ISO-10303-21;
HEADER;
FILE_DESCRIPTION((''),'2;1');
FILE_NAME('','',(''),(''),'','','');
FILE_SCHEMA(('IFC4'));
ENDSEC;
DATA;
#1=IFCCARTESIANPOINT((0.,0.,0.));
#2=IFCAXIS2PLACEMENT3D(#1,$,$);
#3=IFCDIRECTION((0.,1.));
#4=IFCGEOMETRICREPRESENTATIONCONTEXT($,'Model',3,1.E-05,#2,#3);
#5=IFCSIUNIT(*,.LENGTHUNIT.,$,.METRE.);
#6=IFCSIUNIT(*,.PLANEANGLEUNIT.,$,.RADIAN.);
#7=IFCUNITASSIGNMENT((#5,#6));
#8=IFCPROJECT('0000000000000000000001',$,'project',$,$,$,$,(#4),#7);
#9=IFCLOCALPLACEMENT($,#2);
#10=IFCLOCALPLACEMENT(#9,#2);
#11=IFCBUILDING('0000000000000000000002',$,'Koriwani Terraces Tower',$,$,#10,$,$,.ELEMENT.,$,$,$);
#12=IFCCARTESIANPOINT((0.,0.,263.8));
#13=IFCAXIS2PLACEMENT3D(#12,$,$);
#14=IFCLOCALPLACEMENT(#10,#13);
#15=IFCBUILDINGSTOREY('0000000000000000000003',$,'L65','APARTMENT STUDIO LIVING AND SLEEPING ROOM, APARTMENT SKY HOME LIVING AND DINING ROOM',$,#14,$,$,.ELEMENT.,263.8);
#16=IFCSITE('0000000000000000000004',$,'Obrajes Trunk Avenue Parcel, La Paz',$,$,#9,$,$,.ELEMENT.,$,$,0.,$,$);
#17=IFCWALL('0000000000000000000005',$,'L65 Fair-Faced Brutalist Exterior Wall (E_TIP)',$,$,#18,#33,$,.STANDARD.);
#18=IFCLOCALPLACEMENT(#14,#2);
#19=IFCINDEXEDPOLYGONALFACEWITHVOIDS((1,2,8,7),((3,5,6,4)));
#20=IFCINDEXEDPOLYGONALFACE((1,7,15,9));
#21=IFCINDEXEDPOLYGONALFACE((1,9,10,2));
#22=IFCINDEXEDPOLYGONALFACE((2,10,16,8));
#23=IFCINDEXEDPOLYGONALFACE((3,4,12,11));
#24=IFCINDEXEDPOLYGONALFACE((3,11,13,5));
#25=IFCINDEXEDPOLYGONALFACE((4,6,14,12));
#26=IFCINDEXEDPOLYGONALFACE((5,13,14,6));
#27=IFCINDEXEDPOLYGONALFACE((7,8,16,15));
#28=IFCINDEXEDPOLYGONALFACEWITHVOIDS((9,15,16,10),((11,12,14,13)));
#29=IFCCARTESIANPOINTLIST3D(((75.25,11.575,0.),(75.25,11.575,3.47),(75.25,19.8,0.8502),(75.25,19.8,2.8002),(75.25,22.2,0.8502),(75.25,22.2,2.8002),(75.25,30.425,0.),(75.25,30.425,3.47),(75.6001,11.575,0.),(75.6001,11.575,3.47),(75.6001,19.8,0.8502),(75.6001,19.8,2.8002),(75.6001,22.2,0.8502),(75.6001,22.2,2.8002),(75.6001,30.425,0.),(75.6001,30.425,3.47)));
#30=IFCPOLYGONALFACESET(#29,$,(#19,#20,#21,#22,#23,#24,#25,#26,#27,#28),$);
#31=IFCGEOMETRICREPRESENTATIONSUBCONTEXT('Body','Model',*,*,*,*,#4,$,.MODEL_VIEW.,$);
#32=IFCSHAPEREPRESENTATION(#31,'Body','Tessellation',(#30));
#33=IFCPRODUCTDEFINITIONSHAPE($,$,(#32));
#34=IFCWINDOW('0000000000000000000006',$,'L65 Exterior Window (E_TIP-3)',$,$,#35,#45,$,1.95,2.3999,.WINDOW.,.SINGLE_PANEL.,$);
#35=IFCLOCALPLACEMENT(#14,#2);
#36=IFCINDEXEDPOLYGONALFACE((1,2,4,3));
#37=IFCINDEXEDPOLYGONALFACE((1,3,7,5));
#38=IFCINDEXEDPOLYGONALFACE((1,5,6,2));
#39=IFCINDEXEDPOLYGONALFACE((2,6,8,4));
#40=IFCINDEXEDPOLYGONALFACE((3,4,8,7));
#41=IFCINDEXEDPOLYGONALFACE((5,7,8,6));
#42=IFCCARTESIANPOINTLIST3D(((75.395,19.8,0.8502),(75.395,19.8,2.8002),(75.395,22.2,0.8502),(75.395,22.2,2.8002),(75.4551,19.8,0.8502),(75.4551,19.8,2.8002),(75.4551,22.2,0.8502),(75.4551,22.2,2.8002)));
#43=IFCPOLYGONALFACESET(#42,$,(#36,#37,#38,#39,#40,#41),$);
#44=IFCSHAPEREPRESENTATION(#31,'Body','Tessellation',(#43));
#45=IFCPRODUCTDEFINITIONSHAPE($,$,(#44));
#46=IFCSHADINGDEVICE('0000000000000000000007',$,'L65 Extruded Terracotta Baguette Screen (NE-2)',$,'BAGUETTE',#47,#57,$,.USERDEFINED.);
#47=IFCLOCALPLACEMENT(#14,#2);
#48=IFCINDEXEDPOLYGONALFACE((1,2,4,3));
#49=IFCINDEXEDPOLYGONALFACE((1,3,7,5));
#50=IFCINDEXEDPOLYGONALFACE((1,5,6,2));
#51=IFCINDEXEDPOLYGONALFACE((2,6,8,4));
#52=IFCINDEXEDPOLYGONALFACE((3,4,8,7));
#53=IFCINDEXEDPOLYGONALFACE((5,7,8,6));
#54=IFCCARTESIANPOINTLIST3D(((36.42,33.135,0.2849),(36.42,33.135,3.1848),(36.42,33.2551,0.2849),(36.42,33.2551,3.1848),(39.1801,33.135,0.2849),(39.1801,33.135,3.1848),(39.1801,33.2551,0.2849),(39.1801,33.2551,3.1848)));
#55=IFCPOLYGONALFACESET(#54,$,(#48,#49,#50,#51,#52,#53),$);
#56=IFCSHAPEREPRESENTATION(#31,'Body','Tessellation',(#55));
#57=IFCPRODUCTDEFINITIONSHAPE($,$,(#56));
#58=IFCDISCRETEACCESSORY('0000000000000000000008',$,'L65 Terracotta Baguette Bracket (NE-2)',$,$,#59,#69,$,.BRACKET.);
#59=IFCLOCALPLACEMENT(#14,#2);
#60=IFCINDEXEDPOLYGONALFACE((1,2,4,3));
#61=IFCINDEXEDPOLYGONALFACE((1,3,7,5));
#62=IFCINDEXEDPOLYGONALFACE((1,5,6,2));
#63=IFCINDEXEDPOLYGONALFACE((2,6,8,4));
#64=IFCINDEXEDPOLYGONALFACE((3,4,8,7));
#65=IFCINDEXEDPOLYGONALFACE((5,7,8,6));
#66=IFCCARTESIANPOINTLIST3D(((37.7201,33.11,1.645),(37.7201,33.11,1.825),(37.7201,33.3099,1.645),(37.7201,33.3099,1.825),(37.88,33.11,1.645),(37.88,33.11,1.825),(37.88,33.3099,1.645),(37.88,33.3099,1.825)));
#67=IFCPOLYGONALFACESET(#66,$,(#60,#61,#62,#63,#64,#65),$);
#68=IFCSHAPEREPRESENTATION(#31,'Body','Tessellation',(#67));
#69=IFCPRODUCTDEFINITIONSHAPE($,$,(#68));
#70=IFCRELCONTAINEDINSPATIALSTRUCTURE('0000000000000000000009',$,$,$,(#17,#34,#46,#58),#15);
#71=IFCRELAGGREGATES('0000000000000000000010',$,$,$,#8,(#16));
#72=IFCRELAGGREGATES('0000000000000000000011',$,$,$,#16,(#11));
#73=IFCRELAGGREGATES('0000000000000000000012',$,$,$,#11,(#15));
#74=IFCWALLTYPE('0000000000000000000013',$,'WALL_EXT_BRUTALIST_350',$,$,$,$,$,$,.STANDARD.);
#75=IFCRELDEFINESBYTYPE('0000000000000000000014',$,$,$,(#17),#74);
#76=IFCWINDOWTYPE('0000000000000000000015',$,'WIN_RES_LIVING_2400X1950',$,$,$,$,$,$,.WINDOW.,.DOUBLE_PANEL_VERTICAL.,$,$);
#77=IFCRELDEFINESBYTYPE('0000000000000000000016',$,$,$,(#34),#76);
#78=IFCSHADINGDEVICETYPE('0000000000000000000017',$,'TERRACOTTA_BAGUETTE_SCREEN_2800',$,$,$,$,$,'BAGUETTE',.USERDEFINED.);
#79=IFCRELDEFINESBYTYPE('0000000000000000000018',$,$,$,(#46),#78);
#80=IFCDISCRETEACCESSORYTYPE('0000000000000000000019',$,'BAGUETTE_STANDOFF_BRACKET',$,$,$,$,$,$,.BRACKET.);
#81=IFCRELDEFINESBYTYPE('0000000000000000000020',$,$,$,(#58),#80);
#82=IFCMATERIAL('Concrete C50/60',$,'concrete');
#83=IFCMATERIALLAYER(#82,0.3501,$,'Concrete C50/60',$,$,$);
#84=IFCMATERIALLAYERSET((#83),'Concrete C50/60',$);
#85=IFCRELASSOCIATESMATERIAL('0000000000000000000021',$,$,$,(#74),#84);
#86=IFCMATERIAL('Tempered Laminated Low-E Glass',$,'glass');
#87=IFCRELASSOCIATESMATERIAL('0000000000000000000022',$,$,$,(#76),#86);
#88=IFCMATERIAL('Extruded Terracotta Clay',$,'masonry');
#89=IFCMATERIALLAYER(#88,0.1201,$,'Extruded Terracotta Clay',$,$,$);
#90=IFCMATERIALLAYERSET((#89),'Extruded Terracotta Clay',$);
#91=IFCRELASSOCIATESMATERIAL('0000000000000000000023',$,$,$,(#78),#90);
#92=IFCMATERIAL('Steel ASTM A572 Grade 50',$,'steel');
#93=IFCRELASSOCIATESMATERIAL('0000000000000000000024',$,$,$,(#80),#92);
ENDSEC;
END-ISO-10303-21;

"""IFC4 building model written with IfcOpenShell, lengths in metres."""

from ifc_helpers import new_model, si_unit, direction, frame, frame_2d, origin, origin_2d, place, context, subcontext, project, spatial, rectangle, extrude, material, layer, layer_set, type_object, element, fill, save


model = new_model("IFC4")

# Units and contexts
model_context = context("Model", 3, precision=1e-05, world=origin(), true_north=direction((0.0, 1.0)))
body_context = subcontext(model_context, "Body", "Model", "MODEL_VIEW")
ifc_project = project(units=[si_unit("LENGTHUNIT", "METRE"), si_unit("PLANEANGLEUNIT", "RADIAN")], contexts=[model_context])

# Site, building, storey
site_placement = place(None, origin())
site = spatial("IfcSite", under=ifc_project, at=site_placement, Name="Obrajes Trunk Avenue Parcel, La Paz", CompositionType="ELEMENT", RefElevation=0.0)
building_placement = place(site_placement, origin())
building = spatial("IfcBuilding", under=site, at=building_placement, Name="Koriwani Terraces Tower", CompositionType="ELEMENT")
storey_placement = place(building_placement, frame((0.0, 0.0, 263.8)))
storey = spatial("IfcBuildingStorey", under=building, at=storey_placement, Name="L65", Description="APARTMENT STUDIO LIVING AND SLEEPING ROOM, APARTMENT SKY HOME LIVING AND DINING ROOM", CompositionType="ELEMENT", Elevation=263.8)

# Shared definitions
ifc_material_1 = material(Name="Concrete C50/60", Category="concrete")

# Shared definitions
ifc_layer_1 = layer(ifc_material_1, 0.3501, Name="Concrete C50/60")
ifc_layer_set_1 = layer_set([ifc_layer_1], Name="Concrete C50/60")
wall_type_1 = type_object("IfcWallType", Name="WALL_EXT_BRUTALIST_350", PredefinedType="STANDARD", material=ifc_layer_set_1)

# Wall, opening, window
wall_1_placement = place(storey_placement, frame((75.425, 30.425, 0.0), z_axis=(0.0, 0.0, 1.0), x_axis=(0.0, -1.0, 0.0)))
wall_1 = element("IfcWall", 1, at=wall_1_placement, inside=storey, type_object=wall_type_1, Name="L65 Fair-Faced Brutalist Exterior Wall (E_TIP)", PredefinedType="STANDARD", context=body_context, shape_type="SweptSolid", body=[
    extrude(rectangle(XDim=18.8501, YDim=0.3501, at=frame_2d((9.425, 0.0))), origin(), (0.0, 0.0, 1.0), 3.47),
])
opening_1_placement = place(wall_1_placement, frame((8.2251, 0.0, 0.8501)))
opening_1 = element("IfcOpeningElement", 2, at=opening_1_placement, cuts=wall_1, PredefinedType="OPENING", context=body_context, shape_type="SweptSolid", body=[
    extrude(rectangle(XDim=2.3999, YDim=1.95, at=frame_2d((1.2, 0.9751))), frame((0.0, 0.1851, 0.0), z_axis=(0.0, -1.0, 0.0), x_axis=(1.0, 0.0, 0.0)), (0.0, 0.0, 1.0), 0.3701),
])
ifc_material_2 = material(Name="Tempered Laminated Low-E Glass", Category="glass")
window_type = type_object("IfcWindowType", Name="WIN_RES_LIVING_2400X1950", PartitioningType="DOUBLE_PANEL_VERTICAL", PredefinedType="WINDOW", material=ifc_material_2)
window_placement = place(opening_1_placement, origin())
window = element("IfcWindow", 3, at=window_placement, inside=storey, type_object=window_type, Name="L65 Exterior Window (E_TIP-3)", OverallHeight=1.95, OverallWidth=2.3999, PartitioningType="SINGLE_PANEL", PredefinedType="WINDOW", context=body_context, shape_type="SweptSolid", body=[
    extrude(rectangle(XDim=2.3999, YDim=1.95, at=frame_2d((1.2, 0.9751))), frame((0.0, 0.03, 0.0), z_axis=(0.0, -1.0, 0.0), x_axis=(1.0, 0.0, 0.0)), (0.0, 0.0, 1.0), 0.0601),
])
fill(opening_1, window)

# Shared definitions
ifc_material_3 = material(Name="Steel ASTM A572 Grade 50", Category="steel")

# Shading device
ifc_material_4 = material(Name="Extruded Terracotta Clay", Category="masonry")
ifc_layer_2 = layer(ifc_material_4, 0.1201, Name="Extruded Terracotta Clay")
ifc_layer_set_2 = layer_set([ifc_layer_2], Name="Extruded Terracotta Clay")
shading_device_type = type_object("IfcShadingDeviceType", Name="TERRACOTTA_BAGUETTE_SCREEN_2800", ElementType="BAGUETTE", PredefinedType="USERDEFINED", material=ifc_layer_set_2)
shading_device_placement = place(storey_placement, frame((37.8, 33.1951, 0.2849), z_axis=(0.0, 0.0, 1.0), x_axis=(1.0, 0.0, 0.0)))
element("IfcShadingDevice", 4, at=shading_device_placement, inside=storey, type_object=shading_device_type, Name="L65 Extruded Terracotta Baguette Screen (NE-2)", ObjectType="BAGUETTE", PredefinedType="USERDEFINED", context=body_context, shape_type="SweptSolid", body=[
    extrude(rectangle(XDim=2.76, YDim=0.1201, at=origin_2d()), origin(), (0.0, 0.0, 1.0), 2.8999),
])

# Discrete accessory
discrete_accessory_type = type_object("IfcDiscreteAccessoryType", Name="BAGUETTE_STANDOFF_BRACKET", PredefinedType="BRACKET", material=ifc_material_3)
discrete_accessory_placement = place(storey_placement, frame((37.8, 33.21, 1.645), z_axis=(0.0, 0.0, 1.0), x_axis=(1.0, 0.0, 0.0)))
element("IfcDiscreteAccessory", 5, at=discrete_accessory_placement, inside=storey, type_object=discrete_accessory_type, Name="L65 Terracotta Baguette Bracket (NE-2)", PredefinedType="BRACKET", context=body_context, shape_type="SweptSolid", body=[
    extrude(rectangle(XDim=0.1599, YDim=0.2, at=origin_2d()), origin(), (0.0, 0.0, 1.0), 0.1799),
])

save(model, "model.ifc")
